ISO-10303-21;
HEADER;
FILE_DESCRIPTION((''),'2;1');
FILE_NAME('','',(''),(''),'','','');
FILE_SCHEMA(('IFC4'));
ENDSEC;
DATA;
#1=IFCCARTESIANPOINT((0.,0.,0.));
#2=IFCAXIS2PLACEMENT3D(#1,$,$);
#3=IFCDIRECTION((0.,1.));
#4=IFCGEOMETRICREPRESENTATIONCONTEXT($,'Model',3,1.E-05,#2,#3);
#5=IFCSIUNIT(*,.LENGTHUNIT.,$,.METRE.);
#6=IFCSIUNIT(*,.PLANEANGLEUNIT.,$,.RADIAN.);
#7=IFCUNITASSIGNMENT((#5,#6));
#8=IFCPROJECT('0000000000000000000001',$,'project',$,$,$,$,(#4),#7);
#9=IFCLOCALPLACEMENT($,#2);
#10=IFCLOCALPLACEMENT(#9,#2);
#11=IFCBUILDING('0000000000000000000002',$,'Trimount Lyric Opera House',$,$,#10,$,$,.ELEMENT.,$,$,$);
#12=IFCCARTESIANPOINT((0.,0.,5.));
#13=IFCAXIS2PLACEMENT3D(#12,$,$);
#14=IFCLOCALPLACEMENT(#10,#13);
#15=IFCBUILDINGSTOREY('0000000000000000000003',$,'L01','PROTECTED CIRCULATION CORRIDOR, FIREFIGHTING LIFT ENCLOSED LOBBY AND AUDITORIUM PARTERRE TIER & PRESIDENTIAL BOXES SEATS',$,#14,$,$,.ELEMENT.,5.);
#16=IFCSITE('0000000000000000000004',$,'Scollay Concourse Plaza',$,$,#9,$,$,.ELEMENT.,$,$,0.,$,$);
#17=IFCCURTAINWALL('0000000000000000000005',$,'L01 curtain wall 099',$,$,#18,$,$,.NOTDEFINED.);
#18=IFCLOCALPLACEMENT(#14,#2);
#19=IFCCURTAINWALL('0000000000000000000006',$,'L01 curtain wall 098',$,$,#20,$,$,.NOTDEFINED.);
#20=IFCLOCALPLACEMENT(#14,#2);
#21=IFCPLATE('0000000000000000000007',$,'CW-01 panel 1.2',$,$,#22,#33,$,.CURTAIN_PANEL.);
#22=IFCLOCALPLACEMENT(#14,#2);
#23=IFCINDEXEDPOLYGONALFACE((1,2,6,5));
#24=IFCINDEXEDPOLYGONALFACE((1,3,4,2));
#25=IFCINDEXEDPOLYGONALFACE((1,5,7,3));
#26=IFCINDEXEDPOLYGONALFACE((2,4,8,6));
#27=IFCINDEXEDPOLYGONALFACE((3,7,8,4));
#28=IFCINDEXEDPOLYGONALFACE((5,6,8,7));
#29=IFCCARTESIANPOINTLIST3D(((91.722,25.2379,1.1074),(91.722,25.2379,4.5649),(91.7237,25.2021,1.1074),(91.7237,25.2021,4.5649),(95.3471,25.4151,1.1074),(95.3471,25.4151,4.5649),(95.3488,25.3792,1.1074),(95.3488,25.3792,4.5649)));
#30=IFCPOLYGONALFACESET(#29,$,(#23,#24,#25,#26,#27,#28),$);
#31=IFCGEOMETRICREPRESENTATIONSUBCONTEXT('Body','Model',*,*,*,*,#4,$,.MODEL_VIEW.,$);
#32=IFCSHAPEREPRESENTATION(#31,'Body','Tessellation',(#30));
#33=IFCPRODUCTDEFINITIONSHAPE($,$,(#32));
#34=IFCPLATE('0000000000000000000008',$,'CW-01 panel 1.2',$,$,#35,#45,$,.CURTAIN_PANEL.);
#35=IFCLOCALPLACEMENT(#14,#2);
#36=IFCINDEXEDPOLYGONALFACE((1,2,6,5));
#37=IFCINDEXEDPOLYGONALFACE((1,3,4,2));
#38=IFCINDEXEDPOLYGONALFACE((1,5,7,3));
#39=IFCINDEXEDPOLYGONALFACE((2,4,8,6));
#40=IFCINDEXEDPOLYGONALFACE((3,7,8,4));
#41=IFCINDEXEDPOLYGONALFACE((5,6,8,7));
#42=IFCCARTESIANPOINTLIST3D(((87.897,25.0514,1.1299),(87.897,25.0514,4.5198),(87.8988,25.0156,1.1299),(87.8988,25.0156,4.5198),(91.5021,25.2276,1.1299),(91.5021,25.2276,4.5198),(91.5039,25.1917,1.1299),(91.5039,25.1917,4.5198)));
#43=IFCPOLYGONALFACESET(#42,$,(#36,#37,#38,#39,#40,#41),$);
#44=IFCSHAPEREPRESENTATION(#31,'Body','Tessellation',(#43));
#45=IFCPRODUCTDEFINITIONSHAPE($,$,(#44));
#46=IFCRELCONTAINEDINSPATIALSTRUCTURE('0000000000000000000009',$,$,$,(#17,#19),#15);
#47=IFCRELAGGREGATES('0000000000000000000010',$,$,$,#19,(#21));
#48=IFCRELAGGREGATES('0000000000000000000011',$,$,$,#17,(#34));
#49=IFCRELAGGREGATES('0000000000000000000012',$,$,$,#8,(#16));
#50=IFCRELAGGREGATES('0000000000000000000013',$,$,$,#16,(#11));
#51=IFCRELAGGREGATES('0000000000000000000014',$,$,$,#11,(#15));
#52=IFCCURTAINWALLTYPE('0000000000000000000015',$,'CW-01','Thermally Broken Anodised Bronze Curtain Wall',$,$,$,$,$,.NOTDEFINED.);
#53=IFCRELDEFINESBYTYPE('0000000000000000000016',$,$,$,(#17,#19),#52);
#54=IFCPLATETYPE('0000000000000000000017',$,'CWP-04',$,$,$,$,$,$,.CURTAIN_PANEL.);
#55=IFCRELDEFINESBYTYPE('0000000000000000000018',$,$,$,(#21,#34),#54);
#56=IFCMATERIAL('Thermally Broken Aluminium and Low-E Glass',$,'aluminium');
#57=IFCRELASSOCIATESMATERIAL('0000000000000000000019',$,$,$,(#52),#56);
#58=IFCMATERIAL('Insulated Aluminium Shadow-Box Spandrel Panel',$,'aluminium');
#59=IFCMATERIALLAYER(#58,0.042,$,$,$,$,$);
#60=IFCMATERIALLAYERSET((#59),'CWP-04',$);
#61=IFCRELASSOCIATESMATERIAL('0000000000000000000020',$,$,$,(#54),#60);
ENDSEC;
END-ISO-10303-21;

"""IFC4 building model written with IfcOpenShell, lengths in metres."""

from ifc_helpers import new_model, si_unit, direction, frame, origin, origin_2d, place, context, subcontext, project, spatial, rectangle, extrude, material, layer, layer_set, type_object, element, aggregate, save


model = new_model("IFC4")

# Units and contexts
model_context = context("Model", 3, precision=1e-05, world=origin(), true_north=direction((0.0, 1.0)))
body_context = subcontext(model_context, "Body", "Model", "MODEL_VIEW")
ifc_project = project(units=[si_unit("LENGTHUNIT", "METRE"), si_unit("PLANEANGLEUNIT", "RADIAN")], contexts=[model_context])

# Site, building, storey
site_placement = place(None, origin())
site = spatial("IfcSite", under=ifc_project, at=site_placement, Name="Scollay Concourse Plaza", CompositionType="ELEMENT", RefElevation=0.0)
building_placement = place(site_placement, origin())
building = spatial("IfcBuilding", under=site, at=building_placement, Name="Trimount Lyric Opera House", CompositionType="ELEMENT")
storey_placement = place(building_placement, frame((0.0, 0.0, 5.0)))
storey = spatial("IfcBuildingStorey", under=building, at=storey_placement, Name="L01", Description="PROTECTED CIRCULATION CORRIDOR, FIREFIGHTING LIFT ENCLOSED LOBBY AND AUDITORIUM PARTERRE TIER & PRESIDENTIAL BOXES SEATS", CompositionType="ELEMENT", Elevation=5.0)

# Shared definitions
ifc_material_1 = material(Name="Thermally Broken Aluminium and Low-E Glass", Category="aluminium")
curtain_wall_type = type_object("IfcCurtainWallType", Name="CW-01", Description="Thermally Broken Anodised Bronze Curtain Wall", PredefinedType="NOTDEFINED", material=ifc_material_1)

# Curtain wall
curtain_wall_1_placement = place(storey_placement, origin())
curtain_wall_1 = element("IfcCurtainWall", 1, at=curtain_wall_1_placement, inside=storey, type_object=curtain_wall_type, Name="L01 curtain wall 099", PredefinedType="NOTDEFINED")

# Curtain wall
curtain_wall_2_placement = place(storey_placement, origin())
curtain_wall_2 = element("IfcCurtainWall", 2, at=curtain_wall_2_placement, inside=storey, type_object=curtain_wall_type, Name="L01 curtain wall 098", PredefinedType="NOTDEFINED")

# Plates
ifc_material_2 = material(Name="Insulated Aluminium Shadow-Box Spandrel Panel", Category="aluminium")
ifc_layer_1 = layer(ifc_material_2, 0.042)
ifc_layer_set_1 = layer_set([ifc_layer_1], Name="CWP-04")
plate_type_1 = type_object("IfcPlateType", Name="CWP-04", PredefinedType="CURTAIN_PANEL", material=ifc_layer_set_1)
plate_1_placement = place(storey_placement, frame((93.5354, 25.3086, 1.1074), z_axis=(0.0, 0.0, 1.0), x_axis=(-0.998808, -0.048807, 0.0)))
plate_1 = element("IfcPlate", 3, at=plate_1_placement, type_object=plate_type_1, Name="CW-01 panel 1.2", PredefinedType="CURTAIN_PANEL", context=body_context, shape_type="SweptSolid", body=[
    extrude(rectangle(XDim=3.6294, YDim=0.0359, at=origin_2d()), origin(), (0.0, 0.0, 1.0), 3.4575),
])
aggregate(curtain_wall_2, [plate_1])
plate_2_placement = place(storey_placement, frame((89.7004, 25.1216, 1.1299), z_axis=(0.0, 0.0, 1.0), x_axis=(-0.998808, -0.048807, 0.0)))
plate_2 = element("IfcPlate", 4, at=plate_2_placement, type_object=plate_type_1, Name="CW-01 panel 1.2", PredefinedType="CURTAIN_PANEL", context=body_context, shape_type="SweptSolid", body=[
    extrude(rectangle(XDim=3.6094, YDim=0.0359, at=origin_2d()), origin(), (0.0, 0.0, 1.0), 3.3899),
])
aggregate(curtain_wall_1, [plate_2])

save(model, "model.ifc")
